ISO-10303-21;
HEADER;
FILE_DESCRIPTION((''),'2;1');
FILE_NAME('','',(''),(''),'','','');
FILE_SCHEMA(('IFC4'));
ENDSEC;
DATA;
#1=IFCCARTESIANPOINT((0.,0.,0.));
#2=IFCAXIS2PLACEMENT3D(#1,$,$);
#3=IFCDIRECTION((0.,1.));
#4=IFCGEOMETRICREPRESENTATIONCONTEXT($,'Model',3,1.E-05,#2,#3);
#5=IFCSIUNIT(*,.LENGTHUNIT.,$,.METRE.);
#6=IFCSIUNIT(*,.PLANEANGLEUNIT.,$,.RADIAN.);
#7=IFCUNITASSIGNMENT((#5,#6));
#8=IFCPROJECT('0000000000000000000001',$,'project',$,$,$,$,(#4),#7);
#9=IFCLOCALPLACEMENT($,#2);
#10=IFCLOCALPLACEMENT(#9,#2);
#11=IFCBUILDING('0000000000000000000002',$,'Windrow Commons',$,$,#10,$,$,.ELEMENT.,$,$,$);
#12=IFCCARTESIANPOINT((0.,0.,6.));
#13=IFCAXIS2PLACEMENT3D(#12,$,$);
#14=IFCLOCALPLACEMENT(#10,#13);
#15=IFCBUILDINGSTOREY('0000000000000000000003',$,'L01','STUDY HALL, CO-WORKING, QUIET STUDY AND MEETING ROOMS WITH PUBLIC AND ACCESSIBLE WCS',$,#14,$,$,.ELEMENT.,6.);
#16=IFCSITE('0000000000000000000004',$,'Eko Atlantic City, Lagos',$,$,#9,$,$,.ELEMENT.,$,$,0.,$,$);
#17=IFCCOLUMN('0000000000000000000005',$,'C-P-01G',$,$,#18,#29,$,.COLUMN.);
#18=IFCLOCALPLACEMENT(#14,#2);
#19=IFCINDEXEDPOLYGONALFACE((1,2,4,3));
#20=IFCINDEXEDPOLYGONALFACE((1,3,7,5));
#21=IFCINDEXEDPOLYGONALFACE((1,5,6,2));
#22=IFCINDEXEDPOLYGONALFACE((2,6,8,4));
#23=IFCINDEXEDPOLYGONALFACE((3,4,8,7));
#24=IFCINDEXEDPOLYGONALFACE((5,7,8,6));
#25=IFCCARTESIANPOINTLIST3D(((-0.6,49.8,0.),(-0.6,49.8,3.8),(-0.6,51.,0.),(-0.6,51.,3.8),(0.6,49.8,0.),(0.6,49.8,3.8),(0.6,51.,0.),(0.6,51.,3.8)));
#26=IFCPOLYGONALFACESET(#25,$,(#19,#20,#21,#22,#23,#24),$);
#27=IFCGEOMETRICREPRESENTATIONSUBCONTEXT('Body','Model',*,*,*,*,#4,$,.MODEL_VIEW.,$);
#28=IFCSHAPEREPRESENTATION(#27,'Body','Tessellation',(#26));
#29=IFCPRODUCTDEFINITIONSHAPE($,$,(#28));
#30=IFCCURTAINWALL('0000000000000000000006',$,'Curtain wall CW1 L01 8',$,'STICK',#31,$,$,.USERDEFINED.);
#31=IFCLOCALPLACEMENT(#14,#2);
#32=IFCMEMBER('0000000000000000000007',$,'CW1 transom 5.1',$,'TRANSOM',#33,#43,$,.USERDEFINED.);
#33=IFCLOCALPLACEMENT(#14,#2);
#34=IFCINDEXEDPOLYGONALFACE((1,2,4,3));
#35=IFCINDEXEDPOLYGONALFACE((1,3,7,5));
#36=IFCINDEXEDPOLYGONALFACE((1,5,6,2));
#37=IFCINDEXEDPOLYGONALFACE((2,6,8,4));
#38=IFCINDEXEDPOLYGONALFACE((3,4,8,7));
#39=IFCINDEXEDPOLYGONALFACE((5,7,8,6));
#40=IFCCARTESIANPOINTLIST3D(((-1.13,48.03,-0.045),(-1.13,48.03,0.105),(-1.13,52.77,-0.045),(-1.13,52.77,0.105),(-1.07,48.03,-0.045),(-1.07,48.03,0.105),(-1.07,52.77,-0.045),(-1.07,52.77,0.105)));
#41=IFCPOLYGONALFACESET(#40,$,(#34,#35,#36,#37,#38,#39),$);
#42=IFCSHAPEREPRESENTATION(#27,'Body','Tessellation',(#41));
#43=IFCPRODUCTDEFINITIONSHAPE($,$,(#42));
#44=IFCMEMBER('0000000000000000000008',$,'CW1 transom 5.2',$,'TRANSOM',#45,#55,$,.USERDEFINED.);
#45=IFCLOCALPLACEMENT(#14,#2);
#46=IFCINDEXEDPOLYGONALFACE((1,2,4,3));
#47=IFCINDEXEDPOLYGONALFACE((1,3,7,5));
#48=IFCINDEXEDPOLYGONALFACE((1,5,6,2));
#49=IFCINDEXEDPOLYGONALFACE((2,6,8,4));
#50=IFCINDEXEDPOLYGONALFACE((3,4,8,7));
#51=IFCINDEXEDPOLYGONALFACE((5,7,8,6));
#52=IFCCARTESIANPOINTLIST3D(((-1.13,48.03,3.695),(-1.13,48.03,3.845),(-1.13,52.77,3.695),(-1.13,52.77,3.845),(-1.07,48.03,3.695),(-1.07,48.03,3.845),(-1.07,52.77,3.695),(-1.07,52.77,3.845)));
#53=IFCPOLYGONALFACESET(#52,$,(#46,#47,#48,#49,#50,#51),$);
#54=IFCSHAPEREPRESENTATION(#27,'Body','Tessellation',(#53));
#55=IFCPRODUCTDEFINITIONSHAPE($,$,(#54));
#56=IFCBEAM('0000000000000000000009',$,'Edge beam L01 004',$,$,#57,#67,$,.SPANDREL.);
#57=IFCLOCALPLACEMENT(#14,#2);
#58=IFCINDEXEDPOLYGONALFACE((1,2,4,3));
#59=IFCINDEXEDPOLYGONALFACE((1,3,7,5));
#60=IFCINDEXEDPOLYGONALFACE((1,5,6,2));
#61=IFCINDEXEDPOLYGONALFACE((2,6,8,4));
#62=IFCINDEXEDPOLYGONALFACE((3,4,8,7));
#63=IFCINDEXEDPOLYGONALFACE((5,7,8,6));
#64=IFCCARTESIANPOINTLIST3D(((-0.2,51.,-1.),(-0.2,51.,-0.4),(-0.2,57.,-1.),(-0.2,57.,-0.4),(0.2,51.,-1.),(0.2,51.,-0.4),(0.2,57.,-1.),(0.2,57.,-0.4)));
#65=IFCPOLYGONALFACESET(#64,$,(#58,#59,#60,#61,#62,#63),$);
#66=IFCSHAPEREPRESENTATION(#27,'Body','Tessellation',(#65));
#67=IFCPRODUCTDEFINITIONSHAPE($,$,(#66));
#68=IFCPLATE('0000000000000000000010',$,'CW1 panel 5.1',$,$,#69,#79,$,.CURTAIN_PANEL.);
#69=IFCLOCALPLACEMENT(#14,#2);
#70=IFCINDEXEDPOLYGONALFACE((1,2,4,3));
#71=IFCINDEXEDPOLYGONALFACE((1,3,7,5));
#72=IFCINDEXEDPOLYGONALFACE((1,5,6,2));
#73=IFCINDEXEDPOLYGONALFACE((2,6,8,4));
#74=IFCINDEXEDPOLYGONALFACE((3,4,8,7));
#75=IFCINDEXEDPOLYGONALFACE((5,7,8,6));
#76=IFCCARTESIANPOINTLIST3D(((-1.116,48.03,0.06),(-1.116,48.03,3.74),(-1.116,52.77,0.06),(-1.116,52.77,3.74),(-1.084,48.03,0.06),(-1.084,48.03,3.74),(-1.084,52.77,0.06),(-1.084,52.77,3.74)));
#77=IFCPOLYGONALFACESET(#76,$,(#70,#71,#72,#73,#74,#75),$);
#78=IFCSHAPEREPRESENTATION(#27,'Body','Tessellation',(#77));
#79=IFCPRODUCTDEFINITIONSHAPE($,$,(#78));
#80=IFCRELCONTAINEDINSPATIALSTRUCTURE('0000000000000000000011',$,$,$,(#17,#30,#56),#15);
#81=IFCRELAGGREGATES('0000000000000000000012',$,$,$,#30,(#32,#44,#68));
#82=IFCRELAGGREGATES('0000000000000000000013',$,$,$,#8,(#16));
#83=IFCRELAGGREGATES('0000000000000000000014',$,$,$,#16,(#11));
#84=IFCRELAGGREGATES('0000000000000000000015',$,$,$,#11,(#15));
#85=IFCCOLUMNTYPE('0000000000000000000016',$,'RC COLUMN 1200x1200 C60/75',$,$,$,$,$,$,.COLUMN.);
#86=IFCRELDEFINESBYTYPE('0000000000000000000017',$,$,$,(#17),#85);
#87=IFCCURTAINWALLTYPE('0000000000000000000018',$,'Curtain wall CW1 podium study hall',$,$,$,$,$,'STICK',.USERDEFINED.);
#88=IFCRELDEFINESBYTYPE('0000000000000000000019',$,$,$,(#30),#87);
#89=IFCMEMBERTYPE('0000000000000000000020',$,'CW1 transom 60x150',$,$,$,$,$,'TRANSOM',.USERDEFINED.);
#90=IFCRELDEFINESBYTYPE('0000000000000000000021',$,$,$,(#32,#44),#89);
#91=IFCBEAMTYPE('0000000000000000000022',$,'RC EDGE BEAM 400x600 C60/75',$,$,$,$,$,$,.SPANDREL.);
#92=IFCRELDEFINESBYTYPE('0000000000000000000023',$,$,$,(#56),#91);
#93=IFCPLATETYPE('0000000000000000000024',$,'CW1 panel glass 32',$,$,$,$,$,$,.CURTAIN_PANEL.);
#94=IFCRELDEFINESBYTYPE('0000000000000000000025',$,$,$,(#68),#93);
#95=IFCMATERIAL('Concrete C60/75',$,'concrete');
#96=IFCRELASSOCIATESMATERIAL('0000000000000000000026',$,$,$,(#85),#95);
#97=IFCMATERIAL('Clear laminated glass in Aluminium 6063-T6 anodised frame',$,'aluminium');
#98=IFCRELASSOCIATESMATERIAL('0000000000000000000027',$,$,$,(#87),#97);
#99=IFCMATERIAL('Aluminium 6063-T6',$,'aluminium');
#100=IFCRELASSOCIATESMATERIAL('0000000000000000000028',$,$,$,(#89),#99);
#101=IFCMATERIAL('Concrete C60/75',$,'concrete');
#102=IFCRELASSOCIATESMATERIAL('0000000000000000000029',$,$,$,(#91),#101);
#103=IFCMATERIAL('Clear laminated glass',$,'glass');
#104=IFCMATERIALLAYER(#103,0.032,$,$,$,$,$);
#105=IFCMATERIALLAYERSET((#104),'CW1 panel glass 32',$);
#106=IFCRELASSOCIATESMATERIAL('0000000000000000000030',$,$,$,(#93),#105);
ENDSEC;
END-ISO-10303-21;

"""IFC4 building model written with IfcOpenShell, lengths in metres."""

from ifc_helpers import new_model, si_unit, direction, frame, origin, origin_2d, place, context, subcontext, project, spatial, rectangle, extrude, material, layer, layer_set, material_profile, profile_set, type_object, element, aggregate, save


model = new_model("IFC4")

# Units and contexts
model_context = context("Model", 3, precision=1e-05, world=origin(), true_north=direction((0.0, 1.0)))
body_context = subcontext(model_context, "Body", "Model", "MODEL_VIEW")
ifc_project = project(units=[si_unit("LENGTHUNIT", "METRE"), si_unit("PLANEANGLEUNIT", "RADIAN")], contexts=[model_context])

# Site, building, storey
site_placement = place(None, origin())
site = spatial("IfcSite", under=ifc_project, at=site_placement, Name="Eko Atlantic City, Lagos", CompositionType="ELEMENT", RefElevation=0.0)
building_placement = place(site_placement, origin())
building = spatial("IfcBuilding", under=site, at=building_placement, Name="Windrow Commons", CompositionType="ELEMENT")
storey_placement = place(building_placement, frame((0.0, 0.0, 6.0)))
storey = spatial("IfcBuildingStorey", under=building, at=storey_placement, Name="L01", Description="STUDY HALL, CO-WORKING, QUIET STUDY AND MEETING ROOMS WITH PUBLIC AND ACCESSIBLE WCS", CompositionType="ELEMENT", Elevation=6.0)

# Column
ifc_material_1 = material(Name="Concrete C60/75", Category="concrete")
ifc_material_profile_1 = material_profile(ifc_material_1, rectangle(XDim=1.2, YDim=1.2, at=origin_2d()))
ifc_profile_set_1 = profile_set([ifc_material_profile_1], Name="Concrete C60/75")
column_type = type_object("IfcColumnType", Name="RC COLUMN 1200x1200 C60/75", PredefinedType="COLUMN", material=ifc_profile_set_1)
column_placement = place(storey_placement, frame((0.0, 50.4, 0.0), z_axis=(0.0, 0.0, 1.0), x_axis=(1.0, 0.0, 0.0)))
element("IfcColumn", 1, at=column_placement, inside=storey, type_object=column_type, Name="C-P-01G", PredefinedType="COLUMN", context=body_context, shape_type="SweptSolid", body=[
    extrude(rectangle(XDim=1.2, YDim=1.2, at=origin_2d()), origin(), (0.0, 0.0, 1.0), 3.8),
])

# Curtain wall, members
ifc_material_2 = material(Name="Clear laminated glass in Aluminium 6063-T6 anodised frame", Category="aluminium")
curtain_wall_type = type_object("IfcCurtainWallType", Name="Curtain wall CW1 podium study hall", ElementType="STICK", PredefinedType="USERDEFINED", material=ifc_material_2)
curtain_wall_placement = place(storey_placement, origin())
curtain_wall = element("IfcCurtainWall", 2, at=curtain_wall_placement, inside=storey, type_object=curtain_wall_type, Name="Curtain wall CW1 L01 8", ObjectType="STICK", PredefinedType="USERDEFINED")
ifc_material_3 = material(Name="Aluminium 6063-T6", Category="aluminium")
ifc_material_profile_2 = material_profile(ifc_material_3, rectangle(XDim=0.06, YDim=0.15, at=origin_2d()))
ifc_profile_set_2 = profile_set([ifc_material_profile_2], Name="Aluminium 6063-T6")
member_type = type_object("IfcMemberType", Name="CW1 transom 60x150", ElementType="TRANSOM", PredefinedType="USERDEFINED", material=ifc_profile_set_2)
member_1_placement = place(storey_placement, frame((-1.1, 52.77, 0.03), z_axis=(0.0, -1.0, 0.0), x_axis=(1.0, 0.0, 0.0)))
member_1 = element("IfcMember", 3, at=member_1_placement, type_object=member_type, Name="CW1 transom 5.1", ObjectType="TRANSOM", PredefinedType="USERDEFINED", context=body_context, shape_type="SweptSolid", body=[
    extrude(rectangle(XDim=0.06, YDim=0.15, at=origin_2d()), origin(), (0.0, 0.0, 1.0), 4.74),
])
member_2_placement = place(storey_placement, frame((-1.1, 52.77, 3.77), z_axis=(0.0, -1.0, 0.0), x_axis=(1.0, 0.0, 0.0)))
member_2 = element("IfcMember", 4, at=member_2_placement, type_object=member_type, Name="CW1 transom 5.2", ObjectType="TRANSOM", PredefinedType="USERDEFINED", context=body_context, shape_type="SweptSolid", body=[
    extrude(rectangle(XDim=0.06, YDim=0.15, at=origin_2d()), origin(), (0.0, 0.0, 1.0), 4.74),
])

# Beam
ifc_material_4 = material(Name="Concrete C60/75", Category="concrete")
ifc_material_profile_3 = material_profile(ifc_material_4, rectangle(XDim=0.4, YDim=0.6, at=origin_2d()))
ifc_profile_set_3 = profile_set([ifc_material_profile_3], Name="Concrete C60/75")
beam_type = type_object("IfcBeamType", Name="RC EDGE BEAM 400x600 C60/75", PredefinedType="SPANDREL", material=ifc_profile_set_3)
beam_placement = place(storey_placement, frame((0.0, 51.0, -0.7), z_axis=(0.0, 1.0, 0.0), x_axis=(-1.0, 0.0, 0.0)))
element("IfcBeam", 5, at=beam_placement, inside=storey, type_object=beam_type, Name="Edge beam L01 004", PredefinedType="SPANDREL", context=body_context, shape_type="SweptSolid", body=[
    extrude(rectangle(XDim=0.4, YDim=0.6, at=origin_2d()), origin(), (0.0, 0.0, 1.0), 6.0),
])

# Plate
ifc_material_5 = material(Name="Clear laminated glass", Category="glass")
ifc_layer = layer(ifc_material_5, 0.032)
ifc_layer_set = layer_set([ifc_layer], Name="CW1 panel glass 32")
plate_type = type_object("IfcPlateType", Name="CW1 panel glass 32", PredefinedType="CURTAIN_PANEL", material=ifc_layer_set)
plate_placement = place(storey_placement, frame((-1.1, 50.4, 0.06), z_axis=(0.0, 0.0, 1.0), x_axis=(0.0, -1.0, 0.0)))
plate = element("IfcPlate", 6, at=plate_placement, type_object=plate_type, Name="CW1 panel 5.1", PredefinedType="CURTAIN_PANEL", context=body_context, shape_type="SweptSolid", body=[
    extrude(rectangle(XDim=4.74, YDim=0.032, at=origin_2d()), origin(), (0.0, 0.0, 1.0), 3.68),
])
aggregate(curtain_wall, [member_1, member_2, plate])

save(model, "model.ifc")
